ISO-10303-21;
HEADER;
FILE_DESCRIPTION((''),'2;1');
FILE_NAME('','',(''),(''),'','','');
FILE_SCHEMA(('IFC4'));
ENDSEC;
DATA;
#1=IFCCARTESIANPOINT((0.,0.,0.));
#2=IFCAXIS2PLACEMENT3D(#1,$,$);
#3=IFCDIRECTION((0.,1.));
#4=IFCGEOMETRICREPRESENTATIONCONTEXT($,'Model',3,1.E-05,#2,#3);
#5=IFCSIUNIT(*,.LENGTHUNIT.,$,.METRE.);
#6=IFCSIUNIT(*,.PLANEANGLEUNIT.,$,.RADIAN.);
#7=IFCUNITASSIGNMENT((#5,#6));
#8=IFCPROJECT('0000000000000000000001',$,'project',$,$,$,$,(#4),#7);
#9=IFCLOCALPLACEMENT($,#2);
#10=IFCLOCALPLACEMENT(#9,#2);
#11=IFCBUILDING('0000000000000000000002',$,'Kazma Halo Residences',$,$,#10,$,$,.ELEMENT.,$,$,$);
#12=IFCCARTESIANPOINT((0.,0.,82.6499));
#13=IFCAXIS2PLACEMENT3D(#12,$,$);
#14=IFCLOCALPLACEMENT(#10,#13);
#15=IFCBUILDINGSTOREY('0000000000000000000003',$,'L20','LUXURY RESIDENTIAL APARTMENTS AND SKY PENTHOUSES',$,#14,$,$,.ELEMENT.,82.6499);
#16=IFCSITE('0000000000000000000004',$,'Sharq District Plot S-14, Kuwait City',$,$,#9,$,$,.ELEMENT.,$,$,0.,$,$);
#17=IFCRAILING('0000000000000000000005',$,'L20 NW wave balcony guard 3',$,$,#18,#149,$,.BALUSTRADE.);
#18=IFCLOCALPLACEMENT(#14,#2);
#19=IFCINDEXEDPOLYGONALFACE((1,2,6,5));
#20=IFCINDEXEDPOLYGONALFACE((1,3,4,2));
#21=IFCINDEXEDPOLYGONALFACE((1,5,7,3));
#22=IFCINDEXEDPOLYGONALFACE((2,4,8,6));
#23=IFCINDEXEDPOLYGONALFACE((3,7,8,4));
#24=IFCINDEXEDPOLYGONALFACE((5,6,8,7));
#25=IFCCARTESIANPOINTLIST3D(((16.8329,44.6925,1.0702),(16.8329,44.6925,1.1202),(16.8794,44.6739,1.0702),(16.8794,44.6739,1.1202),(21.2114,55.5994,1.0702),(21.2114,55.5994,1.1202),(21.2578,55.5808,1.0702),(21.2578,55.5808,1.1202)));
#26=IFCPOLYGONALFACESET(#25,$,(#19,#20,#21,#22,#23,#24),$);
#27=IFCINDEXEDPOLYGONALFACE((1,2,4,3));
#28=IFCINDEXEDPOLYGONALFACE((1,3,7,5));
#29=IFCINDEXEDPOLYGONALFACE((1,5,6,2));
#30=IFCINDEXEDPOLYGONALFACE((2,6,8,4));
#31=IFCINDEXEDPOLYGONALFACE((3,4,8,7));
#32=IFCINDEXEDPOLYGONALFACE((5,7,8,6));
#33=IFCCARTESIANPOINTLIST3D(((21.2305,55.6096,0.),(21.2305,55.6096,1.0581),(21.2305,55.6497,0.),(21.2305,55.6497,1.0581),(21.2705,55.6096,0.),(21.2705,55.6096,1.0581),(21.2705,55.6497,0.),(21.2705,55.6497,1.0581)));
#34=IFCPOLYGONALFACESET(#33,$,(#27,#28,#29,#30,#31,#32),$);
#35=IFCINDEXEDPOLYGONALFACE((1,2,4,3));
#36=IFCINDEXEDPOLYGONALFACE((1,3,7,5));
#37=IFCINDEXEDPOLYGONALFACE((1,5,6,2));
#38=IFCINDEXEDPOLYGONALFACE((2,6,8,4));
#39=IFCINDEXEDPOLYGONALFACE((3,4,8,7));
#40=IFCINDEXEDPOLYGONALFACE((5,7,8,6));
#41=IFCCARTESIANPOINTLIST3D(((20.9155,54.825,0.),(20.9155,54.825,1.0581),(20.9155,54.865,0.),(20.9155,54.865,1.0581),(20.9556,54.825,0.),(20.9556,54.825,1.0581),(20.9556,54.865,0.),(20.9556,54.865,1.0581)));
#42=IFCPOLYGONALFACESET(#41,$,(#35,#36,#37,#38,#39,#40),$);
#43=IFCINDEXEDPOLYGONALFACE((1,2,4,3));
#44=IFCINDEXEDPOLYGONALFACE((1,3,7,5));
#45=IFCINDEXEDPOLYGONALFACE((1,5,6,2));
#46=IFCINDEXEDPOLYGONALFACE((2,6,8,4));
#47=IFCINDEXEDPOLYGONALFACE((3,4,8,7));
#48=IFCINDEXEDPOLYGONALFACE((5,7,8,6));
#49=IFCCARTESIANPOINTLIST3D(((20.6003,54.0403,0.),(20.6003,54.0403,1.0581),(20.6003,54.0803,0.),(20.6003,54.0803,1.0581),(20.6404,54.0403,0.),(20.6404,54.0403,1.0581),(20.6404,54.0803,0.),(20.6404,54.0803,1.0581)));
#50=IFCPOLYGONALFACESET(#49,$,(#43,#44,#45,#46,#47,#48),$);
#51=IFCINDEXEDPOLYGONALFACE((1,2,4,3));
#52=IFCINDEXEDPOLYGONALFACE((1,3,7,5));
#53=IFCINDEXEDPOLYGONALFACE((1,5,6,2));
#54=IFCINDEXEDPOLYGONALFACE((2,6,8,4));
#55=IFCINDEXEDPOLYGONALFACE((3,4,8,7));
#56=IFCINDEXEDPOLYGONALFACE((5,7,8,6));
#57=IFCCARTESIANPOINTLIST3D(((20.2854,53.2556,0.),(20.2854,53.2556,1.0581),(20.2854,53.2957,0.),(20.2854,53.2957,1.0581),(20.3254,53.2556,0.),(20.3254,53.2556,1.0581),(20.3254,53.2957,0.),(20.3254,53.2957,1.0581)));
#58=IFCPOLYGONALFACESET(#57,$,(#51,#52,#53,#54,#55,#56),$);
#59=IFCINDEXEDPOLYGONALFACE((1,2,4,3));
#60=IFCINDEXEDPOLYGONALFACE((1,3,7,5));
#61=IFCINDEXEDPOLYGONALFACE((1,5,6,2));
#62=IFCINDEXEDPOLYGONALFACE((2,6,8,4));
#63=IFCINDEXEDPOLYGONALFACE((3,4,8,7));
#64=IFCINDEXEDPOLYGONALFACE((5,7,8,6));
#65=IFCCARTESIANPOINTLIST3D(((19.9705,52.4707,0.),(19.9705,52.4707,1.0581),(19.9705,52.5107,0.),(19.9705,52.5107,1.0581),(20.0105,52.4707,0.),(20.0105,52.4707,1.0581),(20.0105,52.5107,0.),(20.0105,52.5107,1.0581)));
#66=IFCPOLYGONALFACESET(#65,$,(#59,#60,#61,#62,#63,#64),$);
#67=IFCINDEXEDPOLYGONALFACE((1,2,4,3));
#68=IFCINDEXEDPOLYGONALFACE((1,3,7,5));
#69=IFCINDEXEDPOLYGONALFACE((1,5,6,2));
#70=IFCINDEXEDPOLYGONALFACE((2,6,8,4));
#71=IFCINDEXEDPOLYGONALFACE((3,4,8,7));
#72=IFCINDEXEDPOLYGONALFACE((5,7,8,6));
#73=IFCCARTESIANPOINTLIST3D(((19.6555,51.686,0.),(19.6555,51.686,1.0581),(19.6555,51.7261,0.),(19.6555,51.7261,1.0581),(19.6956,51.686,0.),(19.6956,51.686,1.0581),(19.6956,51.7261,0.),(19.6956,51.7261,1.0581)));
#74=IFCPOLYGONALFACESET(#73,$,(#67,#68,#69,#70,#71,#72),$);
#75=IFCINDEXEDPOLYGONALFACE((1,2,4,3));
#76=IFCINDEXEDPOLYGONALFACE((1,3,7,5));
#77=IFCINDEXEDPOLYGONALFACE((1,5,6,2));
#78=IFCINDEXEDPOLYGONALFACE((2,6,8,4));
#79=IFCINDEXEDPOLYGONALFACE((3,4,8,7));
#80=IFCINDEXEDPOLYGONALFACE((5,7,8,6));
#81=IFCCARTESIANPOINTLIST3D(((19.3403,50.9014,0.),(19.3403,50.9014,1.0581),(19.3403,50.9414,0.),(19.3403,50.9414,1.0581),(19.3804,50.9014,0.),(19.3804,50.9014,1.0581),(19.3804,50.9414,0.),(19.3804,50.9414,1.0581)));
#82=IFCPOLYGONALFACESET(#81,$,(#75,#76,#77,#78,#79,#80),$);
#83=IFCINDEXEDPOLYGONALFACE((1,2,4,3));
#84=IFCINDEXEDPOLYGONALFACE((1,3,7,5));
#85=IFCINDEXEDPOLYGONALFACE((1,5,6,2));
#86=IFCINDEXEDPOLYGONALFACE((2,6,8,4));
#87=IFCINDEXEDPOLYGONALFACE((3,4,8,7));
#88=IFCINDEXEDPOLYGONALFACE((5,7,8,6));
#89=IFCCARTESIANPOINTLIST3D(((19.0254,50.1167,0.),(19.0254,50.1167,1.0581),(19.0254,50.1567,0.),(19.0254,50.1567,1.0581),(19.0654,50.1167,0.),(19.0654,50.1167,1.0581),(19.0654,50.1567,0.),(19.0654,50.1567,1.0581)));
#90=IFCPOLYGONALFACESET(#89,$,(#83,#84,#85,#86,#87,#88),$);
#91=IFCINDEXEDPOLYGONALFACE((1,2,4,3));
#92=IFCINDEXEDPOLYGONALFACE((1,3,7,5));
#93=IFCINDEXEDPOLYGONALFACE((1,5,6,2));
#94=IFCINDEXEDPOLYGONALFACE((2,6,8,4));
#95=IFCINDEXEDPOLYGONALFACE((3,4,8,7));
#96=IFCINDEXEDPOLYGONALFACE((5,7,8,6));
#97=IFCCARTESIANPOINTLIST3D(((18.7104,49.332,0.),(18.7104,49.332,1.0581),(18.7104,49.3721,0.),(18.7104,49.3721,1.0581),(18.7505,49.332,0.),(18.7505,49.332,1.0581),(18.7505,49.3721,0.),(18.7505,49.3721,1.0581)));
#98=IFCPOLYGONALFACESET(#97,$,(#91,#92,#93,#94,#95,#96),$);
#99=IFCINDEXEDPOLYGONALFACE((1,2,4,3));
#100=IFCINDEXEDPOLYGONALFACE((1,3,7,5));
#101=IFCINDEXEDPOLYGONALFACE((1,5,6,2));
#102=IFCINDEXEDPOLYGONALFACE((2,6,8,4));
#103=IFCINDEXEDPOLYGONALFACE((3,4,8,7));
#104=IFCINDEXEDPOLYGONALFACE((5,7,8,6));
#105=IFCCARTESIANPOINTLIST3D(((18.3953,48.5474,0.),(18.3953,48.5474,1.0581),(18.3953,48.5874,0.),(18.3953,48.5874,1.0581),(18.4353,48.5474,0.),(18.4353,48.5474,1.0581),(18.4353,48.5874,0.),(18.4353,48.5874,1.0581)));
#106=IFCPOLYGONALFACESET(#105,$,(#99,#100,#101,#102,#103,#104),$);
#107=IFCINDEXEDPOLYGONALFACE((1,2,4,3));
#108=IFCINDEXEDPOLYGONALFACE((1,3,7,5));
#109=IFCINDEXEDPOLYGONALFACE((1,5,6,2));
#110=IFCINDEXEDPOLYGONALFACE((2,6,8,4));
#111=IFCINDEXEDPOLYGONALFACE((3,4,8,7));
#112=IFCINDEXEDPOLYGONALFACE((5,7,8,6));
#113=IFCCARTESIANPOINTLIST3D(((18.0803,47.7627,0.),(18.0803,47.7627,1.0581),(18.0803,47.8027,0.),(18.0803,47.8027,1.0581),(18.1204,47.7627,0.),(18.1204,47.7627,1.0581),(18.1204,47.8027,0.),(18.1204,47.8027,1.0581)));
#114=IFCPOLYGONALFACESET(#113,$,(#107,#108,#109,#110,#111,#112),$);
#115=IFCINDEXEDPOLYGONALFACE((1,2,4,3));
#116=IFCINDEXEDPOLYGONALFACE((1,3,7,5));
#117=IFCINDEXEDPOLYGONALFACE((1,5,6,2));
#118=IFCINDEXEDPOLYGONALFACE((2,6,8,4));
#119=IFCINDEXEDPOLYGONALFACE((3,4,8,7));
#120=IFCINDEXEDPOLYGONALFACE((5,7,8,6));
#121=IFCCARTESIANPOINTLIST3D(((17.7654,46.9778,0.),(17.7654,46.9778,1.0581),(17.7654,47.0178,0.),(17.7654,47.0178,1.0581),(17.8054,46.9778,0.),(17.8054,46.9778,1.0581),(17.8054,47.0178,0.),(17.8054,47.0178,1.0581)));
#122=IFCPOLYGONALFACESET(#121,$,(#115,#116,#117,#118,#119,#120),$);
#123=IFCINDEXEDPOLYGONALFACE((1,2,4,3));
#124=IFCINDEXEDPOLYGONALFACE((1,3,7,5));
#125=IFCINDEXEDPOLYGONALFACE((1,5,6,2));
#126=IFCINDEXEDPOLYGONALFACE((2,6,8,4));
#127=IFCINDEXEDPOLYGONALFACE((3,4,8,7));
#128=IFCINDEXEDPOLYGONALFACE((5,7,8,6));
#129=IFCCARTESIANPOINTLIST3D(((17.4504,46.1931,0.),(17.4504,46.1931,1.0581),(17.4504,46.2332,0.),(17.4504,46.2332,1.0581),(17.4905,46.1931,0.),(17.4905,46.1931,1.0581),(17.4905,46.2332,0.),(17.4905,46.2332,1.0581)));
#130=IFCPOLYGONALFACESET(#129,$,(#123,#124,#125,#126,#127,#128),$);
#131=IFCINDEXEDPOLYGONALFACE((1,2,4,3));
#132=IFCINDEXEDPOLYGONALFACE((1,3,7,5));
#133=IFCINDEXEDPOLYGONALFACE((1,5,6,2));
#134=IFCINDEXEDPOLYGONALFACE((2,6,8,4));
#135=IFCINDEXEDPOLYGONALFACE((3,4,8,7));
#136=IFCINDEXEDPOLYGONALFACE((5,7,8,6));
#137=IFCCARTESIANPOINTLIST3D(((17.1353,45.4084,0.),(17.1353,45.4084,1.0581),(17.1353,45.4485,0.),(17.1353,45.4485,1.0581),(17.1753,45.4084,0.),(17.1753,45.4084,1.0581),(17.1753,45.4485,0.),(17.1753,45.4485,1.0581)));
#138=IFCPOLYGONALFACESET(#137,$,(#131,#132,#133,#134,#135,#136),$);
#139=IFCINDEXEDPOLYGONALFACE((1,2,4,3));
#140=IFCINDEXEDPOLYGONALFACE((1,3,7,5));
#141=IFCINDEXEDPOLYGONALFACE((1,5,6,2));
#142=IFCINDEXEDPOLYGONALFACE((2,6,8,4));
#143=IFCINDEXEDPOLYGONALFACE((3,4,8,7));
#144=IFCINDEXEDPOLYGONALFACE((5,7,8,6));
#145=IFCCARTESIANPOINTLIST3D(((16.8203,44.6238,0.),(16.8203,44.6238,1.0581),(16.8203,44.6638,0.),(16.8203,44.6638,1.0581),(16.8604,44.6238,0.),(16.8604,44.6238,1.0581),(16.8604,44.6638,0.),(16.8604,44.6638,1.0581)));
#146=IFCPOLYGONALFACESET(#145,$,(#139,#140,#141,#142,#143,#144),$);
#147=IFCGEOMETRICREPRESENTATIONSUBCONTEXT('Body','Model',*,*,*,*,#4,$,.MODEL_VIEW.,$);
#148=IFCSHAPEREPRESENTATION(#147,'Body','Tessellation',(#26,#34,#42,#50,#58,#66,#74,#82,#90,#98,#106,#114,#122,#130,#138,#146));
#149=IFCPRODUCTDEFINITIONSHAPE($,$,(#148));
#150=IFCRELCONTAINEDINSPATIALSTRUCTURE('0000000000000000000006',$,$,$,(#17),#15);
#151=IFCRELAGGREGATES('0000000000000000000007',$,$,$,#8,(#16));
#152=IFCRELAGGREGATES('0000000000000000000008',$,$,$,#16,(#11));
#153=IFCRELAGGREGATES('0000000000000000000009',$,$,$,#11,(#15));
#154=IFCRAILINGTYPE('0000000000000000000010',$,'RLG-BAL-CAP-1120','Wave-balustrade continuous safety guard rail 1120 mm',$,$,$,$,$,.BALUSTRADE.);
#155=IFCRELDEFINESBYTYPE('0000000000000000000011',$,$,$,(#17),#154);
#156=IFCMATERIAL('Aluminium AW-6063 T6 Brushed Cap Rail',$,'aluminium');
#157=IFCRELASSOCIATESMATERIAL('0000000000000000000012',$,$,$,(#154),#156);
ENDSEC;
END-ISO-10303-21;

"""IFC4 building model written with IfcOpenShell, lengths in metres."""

from ifc_helpers import new_model, si_unit, direction, frame, origin, origin_2d, place, context, subcontext, project, spatial, rectangle, extrude, material, type_object, element, save


model = new_model("IFC4")

# Units and contexts
model_context = context("Model", 3, precision=1e-05, world=origin(), true_north=direction((0.0, 1.0)))
body_context = subcontext(model_context, "Body", "Model", "MODEL_VIEW")
ifc_project = project(units=[si_unit("LENGTHUNIT", "METRE"), si_unit("PLANEANGLEUNIT", "RADIAN")], contexts=[model_context])

# Site, building, storey
site_placement = place(None, origin())
site = spatial("IfcSite", under=ifc_project, at=site_placement, Name="Sharq District Plot S-14, Kuwait City", CompositionType="ELEMENT", RefElevation=0.0)
building_placement = place(site_placement, origin())
building = spatial("IfcBuilding", under=site, at=building_placement, Name="Kazma Halo Residences", CompositionType="ELEMENT")
storey_placement = place(building_placement, frame((0.0, 0.0, 82.6499)))
storey = spatial("IfcBuildingStorey", under=building, at=storey_placement, Name="L20", Description="LUXURY RESIDENTIAL APARTMENTS AND SKY PENTHOUSES", CompositionType="ELEMENT", Elevation=82.6499)

# Railing
ifc_material_1 = material(Name="Aluminium AW-6063 T6 Brushed Cap Rail", Category="aluminium")
railing_type = type_object("IfcRailingType", Name="RLG-BAL-CAP-1120", Description="Wave-balustrade continuous safety guard rail 1120 mm", PredefinedType="BALUSTRADE", material=ifc_material_1)
railing_1_placement = place(storey_placement, frame((21.2505, 55.6296, 0.0)))
element("IfcRailing", 1, at=railing_1_placement, inside=storey, type_object=railing_type, Name="L20 NW wave balcony guard 3", PredefinedType="BALUSTRADE", context=body_context, shape_type="SweptSolid", body=[
    extrude(rectangle(XDim=0.05, YDim=0.05, at=origin_2d()), frame((-0.0159, -0.0396, 1.0952), z_axis=(-0.372542, -0.928015, 0.0), x_axis=(0.928015, -0.372542, 0.0)), (0.0, 0.0, 1.0), 11.7529),
    extrude(rectangle(XDim=0.04, YDim=0.04, at=origin_2d()), origin(), (0.0, 0.0, 1.0), 1.0581),
    extrude(rectangle(XDim=0.04, YDim=0.04, at=origin_2d()), frame((-0.3149, -0.7847, 0.0)), (0.0, 0.0, 1.0), 1.0581),
    extrude(rectangle(XDim=0.04, YDim=0.04, at=origin_2d()), frame((-0.6301, -1.5693, 0.0)), (0.0, 0.0, 1.0), 1.0581),
    extrude(rectangle(XDim=0.04, YDim=0.04, at=origin_2d()), frame((-0.9451, -2.354, 0.0)), (0.0, 0.0, 1.0), 1.0581),
    extrude(rectangle(XDim=0.04, YDim=0.04, at=origin_2d()), frame((-1.26, -3.1389, 0.0)), (0.0, 0.0, 1.0), 1.0581),
    extrude(rectangle(XDim=0.04, YDim=0.04, at=origin_2d()), frame((-1.575, -3.9236, 0.0)), (0.0, 0.0, 1.0), 1.0581),
    extrude(rectangle(XDim=0.04, YDim=0.04, at=origin_2d()), frame((-1.8901, -4.7083, 0.0)), (0.0, 0.0, 1.0), 1.0581),
    extrude(rectangle(XDim=0.04, YDim=0.04, at=origin_2d()), frame((-2.2051, -5.4929, 0.0)), (0.0, 0.0, 1.0), 1.0581),
    extrude(rectangle(XDim=0.04, YDim=0.04, at=origin_2d()), frame((-2.52, -6.2776, 0.0)), (0.0, 0.0, 1.0), 1.0581),
    extrude(rectangle(XDim=0.04, YDim=0.04, at=origin_2d()), frame((-2.8352, -7.0623, 0.0)), (0.0, 0.0, 1.0), 1.0581),
    extrude(rectangle(XDim=0.04, YDim=0.04, at=origin_2d()), frame((-3.1501, -7.8469, 0.0)), (0.0, 0.0, 1.0), 1.0581),
    extrude(rectangle(XDim=0.04, YDim=0.04, at=origin_2d()), frame((-3.4651, -8.6318, 0.0)), (0.0, 0.0, 1.0), 1.0581),
    extrude(rectangle(XDim=0.04, YDim=0.04, at=origin_2d()), frame((-3.78, -9.4165, 0.0)), (0.0, 0.0, 1.0), 1.0581),
    extrude(rectangle(XDim=0.04, YDim=0.04, at=origin_2d()), frame((-4.0952, -10.2012, 0.0)), (0.0, 0.0, 1.0), 1.0581),
    extrude(rectangle(XDim=0.04, YDim=0.04, at=origin_2d()), frame((-4.4102, -10.9858, 0.0)), (0.0, 0.0, 1.0), 1.0581),
])

save(model, "model.ifc")
